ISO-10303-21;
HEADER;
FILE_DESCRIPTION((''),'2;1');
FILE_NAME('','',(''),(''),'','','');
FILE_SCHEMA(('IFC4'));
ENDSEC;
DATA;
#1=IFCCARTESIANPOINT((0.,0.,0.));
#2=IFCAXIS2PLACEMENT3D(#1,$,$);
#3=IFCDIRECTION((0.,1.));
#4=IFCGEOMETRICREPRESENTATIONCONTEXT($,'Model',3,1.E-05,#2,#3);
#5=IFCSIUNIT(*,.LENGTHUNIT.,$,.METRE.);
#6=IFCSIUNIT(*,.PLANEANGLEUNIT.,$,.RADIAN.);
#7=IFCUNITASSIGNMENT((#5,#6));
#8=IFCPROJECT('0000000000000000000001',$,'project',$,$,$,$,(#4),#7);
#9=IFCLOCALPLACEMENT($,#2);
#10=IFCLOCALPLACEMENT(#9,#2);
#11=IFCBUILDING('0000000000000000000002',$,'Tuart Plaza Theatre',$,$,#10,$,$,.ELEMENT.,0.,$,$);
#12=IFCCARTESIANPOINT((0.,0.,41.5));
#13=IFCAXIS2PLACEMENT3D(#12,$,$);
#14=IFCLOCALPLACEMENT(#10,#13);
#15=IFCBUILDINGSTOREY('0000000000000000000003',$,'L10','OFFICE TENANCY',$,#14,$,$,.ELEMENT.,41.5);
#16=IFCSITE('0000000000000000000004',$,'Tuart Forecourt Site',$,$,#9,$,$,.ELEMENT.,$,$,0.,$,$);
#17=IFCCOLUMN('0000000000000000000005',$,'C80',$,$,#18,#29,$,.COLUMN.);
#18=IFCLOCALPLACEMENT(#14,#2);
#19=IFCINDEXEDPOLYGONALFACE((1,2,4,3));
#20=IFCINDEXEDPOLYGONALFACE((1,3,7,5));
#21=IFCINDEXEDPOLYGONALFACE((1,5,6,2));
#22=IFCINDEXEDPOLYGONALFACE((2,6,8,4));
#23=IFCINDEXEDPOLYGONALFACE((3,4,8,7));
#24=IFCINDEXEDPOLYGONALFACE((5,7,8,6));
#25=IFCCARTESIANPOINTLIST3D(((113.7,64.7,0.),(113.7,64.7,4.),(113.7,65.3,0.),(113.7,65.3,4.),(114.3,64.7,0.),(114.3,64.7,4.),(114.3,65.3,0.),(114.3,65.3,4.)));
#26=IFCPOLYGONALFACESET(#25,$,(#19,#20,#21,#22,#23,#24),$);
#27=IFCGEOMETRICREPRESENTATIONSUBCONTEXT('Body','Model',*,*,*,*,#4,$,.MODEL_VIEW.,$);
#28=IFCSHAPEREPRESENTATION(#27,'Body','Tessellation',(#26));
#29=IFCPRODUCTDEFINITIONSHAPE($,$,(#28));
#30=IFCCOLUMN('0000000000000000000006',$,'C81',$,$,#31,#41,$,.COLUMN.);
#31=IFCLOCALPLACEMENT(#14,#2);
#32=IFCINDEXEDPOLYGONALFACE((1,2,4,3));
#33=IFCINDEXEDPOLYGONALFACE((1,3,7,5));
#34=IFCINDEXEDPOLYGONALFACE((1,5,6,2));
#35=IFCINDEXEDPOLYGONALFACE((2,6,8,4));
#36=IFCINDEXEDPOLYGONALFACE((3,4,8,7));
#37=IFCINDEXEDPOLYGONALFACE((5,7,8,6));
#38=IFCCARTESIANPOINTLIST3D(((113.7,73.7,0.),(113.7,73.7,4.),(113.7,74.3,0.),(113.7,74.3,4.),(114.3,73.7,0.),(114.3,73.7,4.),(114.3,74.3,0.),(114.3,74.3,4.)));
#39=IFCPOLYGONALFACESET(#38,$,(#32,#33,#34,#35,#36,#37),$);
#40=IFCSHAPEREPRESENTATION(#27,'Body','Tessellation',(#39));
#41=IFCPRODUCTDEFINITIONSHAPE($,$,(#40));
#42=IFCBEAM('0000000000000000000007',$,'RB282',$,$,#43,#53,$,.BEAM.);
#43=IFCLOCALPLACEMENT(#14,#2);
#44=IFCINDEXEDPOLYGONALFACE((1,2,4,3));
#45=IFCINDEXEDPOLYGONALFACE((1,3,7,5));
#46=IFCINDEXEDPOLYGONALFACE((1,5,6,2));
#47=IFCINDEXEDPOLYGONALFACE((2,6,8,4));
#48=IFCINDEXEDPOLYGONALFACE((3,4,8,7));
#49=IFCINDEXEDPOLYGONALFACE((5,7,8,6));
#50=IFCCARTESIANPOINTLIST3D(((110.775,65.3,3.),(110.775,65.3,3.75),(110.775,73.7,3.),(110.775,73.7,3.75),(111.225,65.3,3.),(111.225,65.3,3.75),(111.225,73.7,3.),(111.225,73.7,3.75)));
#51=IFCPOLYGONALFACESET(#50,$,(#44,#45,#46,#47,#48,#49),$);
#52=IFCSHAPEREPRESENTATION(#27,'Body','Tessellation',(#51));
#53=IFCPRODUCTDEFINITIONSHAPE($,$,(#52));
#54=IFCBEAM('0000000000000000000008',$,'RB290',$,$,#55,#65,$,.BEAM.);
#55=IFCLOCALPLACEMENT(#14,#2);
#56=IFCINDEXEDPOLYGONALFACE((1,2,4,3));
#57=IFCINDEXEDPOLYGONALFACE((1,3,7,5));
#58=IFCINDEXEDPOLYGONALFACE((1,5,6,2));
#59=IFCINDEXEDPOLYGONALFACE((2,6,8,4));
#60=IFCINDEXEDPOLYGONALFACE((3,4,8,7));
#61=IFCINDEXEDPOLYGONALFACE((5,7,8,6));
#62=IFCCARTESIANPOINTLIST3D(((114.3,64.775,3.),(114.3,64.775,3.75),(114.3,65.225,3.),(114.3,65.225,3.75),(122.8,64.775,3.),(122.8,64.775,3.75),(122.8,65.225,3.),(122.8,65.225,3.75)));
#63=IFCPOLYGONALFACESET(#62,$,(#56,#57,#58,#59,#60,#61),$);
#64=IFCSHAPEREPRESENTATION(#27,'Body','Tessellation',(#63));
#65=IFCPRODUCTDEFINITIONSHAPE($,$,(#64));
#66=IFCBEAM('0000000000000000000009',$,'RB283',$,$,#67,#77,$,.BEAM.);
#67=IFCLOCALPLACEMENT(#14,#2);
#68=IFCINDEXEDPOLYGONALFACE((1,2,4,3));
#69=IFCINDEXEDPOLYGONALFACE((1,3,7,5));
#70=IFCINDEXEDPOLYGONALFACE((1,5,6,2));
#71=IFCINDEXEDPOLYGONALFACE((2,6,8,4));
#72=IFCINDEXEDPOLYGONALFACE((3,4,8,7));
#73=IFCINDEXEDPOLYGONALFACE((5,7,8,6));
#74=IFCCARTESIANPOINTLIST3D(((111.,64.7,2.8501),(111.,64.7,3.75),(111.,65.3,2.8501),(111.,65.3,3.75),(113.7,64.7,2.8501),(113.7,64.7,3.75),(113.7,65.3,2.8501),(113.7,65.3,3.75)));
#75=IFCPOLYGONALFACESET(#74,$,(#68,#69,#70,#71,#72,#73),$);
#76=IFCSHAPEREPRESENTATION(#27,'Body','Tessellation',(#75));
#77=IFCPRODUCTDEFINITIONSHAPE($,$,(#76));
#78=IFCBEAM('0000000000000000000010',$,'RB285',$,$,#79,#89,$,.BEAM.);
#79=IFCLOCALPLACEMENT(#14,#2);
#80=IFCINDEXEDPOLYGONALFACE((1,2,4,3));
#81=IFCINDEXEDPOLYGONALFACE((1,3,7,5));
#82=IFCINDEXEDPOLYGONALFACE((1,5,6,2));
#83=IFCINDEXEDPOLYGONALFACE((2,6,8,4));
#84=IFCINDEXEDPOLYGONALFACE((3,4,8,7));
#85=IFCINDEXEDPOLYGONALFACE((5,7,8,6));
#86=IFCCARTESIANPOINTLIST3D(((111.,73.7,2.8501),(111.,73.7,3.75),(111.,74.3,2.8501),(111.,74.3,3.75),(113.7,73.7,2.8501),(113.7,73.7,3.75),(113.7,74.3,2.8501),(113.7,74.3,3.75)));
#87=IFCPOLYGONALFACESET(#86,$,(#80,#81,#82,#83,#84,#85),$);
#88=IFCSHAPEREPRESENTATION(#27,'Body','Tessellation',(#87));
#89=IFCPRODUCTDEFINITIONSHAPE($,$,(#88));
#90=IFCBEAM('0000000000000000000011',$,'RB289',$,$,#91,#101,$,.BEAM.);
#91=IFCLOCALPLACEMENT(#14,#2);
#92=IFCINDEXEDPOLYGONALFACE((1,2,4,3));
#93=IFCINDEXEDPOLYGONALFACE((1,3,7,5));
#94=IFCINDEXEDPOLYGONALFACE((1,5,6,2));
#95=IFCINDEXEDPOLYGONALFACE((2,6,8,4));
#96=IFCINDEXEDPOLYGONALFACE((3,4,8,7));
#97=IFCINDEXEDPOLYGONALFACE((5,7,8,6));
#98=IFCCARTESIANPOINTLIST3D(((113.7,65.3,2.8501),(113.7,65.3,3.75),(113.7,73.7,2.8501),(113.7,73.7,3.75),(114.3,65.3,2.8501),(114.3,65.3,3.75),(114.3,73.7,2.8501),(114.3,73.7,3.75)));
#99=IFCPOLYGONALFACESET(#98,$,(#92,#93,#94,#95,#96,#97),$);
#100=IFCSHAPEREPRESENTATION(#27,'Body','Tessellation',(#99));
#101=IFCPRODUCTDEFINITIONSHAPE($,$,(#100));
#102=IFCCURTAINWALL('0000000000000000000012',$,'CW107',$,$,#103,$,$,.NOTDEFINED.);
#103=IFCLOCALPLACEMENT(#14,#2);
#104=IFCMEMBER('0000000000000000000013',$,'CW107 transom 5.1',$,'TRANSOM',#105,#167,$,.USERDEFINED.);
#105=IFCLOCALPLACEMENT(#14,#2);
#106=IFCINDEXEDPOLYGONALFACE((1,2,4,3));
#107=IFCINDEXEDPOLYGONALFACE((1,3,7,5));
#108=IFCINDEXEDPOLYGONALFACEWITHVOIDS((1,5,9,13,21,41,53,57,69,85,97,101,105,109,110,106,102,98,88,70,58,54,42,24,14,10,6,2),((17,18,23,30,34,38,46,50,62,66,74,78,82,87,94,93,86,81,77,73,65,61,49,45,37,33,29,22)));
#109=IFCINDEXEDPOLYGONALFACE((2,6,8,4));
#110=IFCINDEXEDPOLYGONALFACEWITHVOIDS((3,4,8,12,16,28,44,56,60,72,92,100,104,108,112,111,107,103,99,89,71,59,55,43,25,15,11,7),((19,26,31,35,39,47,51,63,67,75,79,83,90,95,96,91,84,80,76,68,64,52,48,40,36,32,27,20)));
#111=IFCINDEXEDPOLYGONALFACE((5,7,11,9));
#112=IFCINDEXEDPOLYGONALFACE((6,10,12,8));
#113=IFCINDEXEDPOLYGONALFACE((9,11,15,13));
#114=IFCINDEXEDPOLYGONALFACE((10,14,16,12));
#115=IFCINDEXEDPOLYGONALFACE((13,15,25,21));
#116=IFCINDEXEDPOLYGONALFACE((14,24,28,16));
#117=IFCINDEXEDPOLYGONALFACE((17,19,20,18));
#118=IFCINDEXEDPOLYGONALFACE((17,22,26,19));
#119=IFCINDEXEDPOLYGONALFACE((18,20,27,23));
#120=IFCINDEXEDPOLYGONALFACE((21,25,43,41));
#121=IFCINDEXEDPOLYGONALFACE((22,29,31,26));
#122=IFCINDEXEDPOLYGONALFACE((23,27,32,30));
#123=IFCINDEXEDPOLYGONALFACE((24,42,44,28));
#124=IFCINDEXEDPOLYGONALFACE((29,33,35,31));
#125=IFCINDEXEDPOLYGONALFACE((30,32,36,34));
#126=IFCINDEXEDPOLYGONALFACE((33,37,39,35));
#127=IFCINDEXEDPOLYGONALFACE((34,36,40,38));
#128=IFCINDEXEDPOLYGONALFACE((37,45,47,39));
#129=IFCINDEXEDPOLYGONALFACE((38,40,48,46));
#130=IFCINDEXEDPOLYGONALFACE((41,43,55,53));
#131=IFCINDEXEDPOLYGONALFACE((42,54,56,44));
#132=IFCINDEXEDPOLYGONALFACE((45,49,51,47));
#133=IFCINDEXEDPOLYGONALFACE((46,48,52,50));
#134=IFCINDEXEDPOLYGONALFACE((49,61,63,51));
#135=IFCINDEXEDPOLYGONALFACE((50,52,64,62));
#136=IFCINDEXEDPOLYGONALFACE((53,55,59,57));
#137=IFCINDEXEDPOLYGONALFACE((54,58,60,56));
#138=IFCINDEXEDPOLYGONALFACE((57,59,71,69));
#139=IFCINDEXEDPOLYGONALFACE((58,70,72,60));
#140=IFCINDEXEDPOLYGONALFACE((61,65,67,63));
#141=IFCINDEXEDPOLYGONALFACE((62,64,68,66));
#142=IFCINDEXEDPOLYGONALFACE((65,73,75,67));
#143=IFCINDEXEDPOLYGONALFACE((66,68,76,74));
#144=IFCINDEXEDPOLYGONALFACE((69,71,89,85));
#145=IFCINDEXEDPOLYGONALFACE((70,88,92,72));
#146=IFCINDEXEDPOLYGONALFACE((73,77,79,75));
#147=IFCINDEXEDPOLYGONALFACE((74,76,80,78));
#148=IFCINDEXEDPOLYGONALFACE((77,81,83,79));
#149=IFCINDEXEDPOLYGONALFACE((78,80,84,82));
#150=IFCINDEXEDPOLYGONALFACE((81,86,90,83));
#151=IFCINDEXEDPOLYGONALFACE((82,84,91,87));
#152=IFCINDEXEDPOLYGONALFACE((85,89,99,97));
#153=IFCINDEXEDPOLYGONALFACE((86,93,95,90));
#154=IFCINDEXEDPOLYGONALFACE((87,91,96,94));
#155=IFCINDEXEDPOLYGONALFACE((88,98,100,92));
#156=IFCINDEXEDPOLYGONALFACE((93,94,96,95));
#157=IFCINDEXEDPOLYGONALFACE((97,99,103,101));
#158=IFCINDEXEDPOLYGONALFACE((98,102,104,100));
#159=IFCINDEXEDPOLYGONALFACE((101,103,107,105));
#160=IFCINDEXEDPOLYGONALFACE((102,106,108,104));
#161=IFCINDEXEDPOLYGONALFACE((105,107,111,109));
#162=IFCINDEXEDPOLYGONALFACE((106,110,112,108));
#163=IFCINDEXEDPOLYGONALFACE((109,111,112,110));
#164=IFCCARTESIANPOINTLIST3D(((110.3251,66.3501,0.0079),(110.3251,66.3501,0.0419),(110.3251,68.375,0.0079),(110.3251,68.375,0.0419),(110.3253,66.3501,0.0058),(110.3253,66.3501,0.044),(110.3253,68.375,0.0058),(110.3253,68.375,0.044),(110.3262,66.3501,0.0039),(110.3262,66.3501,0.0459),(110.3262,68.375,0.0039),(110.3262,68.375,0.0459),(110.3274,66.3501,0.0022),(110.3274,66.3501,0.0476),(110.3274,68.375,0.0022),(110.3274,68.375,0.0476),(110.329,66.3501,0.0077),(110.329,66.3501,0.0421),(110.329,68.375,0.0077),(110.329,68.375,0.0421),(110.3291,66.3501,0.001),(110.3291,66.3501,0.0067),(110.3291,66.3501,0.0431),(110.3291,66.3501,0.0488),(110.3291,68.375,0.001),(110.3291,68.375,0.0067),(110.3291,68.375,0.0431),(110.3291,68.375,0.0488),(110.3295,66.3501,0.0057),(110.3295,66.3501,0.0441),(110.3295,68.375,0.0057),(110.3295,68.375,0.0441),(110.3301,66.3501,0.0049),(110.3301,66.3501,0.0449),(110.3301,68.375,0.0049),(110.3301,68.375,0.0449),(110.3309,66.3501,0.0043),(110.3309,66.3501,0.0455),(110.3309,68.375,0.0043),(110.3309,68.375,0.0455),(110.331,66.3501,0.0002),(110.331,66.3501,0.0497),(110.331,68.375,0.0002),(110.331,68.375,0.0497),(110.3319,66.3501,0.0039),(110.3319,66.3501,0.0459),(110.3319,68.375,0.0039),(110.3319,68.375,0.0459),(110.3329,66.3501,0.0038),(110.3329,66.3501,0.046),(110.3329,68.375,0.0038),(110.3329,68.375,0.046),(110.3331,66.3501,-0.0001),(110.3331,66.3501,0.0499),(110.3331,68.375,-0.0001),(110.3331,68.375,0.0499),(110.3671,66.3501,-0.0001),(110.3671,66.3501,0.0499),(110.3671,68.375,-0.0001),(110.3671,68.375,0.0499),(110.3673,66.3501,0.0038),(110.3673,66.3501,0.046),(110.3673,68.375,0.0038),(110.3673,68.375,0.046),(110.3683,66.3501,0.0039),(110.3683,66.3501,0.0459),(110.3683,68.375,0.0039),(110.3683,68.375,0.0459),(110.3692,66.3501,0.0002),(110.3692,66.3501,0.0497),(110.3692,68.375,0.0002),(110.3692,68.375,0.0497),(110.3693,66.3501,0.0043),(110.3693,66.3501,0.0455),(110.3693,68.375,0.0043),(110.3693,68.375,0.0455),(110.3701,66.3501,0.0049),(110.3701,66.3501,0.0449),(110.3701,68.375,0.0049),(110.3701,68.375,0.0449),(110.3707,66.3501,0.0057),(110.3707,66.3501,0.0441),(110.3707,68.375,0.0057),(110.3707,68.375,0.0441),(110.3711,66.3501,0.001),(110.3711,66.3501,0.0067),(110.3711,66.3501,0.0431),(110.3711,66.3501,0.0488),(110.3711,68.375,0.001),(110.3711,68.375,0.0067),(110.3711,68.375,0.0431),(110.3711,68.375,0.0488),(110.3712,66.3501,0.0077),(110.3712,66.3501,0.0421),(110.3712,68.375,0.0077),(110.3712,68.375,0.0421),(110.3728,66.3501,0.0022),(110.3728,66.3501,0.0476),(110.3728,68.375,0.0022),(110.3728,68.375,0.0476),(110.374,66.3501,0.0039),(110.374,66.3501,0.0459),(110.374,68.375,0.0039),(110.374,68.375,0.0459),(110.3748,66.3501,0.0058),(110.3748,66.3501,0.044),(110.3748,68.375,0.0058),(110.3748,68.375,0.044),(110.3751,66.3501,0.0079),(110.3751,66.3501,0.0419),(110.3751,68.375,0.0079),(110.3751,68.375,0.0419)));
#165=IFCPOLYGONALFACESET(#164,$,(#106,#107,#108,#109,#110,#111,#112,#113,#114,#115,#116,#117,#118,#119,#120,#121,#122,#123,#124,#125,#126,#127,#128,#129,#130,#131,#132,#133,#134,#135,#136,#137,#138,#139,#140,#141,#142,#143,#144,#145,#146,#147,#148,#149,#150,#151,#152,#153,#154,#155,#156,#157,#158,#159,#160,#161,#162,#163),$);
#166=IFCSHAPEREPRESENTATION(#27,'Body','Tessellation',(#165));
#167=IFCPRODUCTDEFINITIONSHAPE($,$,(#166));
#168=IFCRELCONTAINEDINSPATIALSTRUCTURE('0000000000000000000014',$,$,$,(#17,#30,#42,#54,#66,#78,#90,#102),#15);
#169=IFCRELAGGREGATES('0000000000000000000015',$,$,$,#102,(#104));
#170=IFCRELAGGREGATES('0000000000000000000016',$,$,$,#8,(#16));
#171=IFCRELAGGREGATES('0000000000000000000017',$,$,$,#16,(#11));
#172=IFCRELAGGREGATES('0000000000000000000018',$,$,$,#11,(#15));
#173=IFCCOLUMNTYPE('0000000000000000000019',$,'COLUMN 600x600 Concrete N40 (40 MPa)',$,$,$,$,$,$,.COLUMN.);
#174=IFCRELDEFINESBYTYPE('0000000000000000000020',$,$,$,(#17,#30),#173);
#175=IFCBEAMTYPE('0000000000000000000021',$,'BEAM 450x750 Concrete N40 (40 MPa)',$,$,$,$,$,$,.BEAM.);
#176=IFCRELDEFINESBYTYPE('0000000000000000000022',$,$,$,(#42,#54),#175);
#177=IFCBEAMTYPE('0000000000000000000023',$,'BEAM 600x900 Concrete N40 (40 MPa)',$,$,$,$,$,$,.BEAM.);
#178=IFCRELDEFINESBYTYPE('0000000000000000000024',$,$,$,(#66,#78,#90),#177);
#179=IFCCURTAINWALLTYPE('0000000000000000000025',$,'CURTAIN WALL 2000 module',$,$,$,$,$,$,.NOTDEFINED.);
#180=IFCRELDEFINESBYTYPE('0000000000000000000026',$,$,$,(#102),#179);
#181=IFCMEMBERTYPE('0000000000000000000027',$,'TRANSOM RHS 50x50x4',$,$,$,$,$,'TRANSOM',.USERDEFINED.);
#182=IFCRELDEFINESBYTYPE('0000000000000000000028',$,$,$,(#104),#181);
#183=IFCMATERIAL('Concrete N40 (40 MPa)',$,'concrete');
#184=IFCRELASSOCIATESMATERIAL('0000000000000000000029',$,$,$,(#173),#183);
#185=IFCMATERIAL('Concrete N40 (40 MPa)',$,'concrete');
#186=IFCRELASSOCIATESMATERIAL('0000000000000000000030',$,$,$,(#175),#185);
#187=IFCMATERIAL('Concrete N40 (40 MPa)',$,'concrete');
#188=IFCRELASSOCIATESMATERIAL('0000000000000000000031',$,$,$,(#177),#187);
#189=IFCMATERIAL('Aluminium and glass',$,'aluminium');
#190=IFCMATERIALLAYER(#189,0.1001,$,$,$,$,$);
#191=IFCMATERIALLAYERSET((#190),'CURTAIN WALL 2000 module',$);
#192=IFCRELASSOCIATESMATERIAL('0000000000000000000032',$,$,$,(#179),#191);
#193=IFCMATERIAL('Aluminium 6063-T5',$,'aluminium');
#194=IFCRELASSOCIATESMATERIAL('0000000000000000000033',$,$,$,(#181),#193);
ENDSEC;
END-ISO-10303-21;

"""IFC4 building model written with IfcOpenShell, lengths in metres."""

from ifc_helpers import new_model, si_unit, direction, frame, origin, origin_2d, place, context, subcontext, project, spatial, rectangle, hollow_rectangle, extrude, material, layer, layer_set, material_profile, profile_set, type_object, element, aggregate, save


model = new_model("IFC4")

# Units and contexts
model_context = context("Model", 3, precision=1e-05, world=origin(), true_north=direction((0.0, 1.0)))
body_context = subcontext(model_context, "Body", "Model", "MODEL_VIEW")
ifc_project = project(units=[si_unit("LENGTHUNIT", "METRE"), si_unit("PLANEANGLEUNIT", "RADIAN")], contexts=[model_context])

# Site, building, storey
site_placement = place(None, origin())
site = spatial("IfcSite", under=ifc_project, at=site_placement, Name="Tuart Forecourt Site", CompositionType="ELEMENT", RefElevation=0.0)
building_placement = place(site_placement, origin())
building = spatial("IfcBuilding", under=site, at=building_placement, Name="Tuart Plaza Theatre", CompositionType="ELEMENT", ElevationOfRefHeight=0.0)
storey_placement = place(building_placement, frame((0.0, 0.0, 41.5)))
storey = spatial("IfcBuildingStorey", under=building, at=storey_placement, Name="L10", Description="OFFICE TENANCY", CompositionType="ELEMENT", Elevation=41.5)

# Columns
ifc_material_1 = material(Name="Concrete N40 (40 MPa)", Category="concrete")
ifc_material_profile_1 = material_profile(ifc_material_1, rectangle(XDim=0.6001, YDim=0.6001, at=origin_2d()), Name="COLUMN 600x600 Concrete N40 (40 MPa)")
ifc_profile_set_1 = profile_set([ifc_material_profile_1], Name="Concrete N40 (40 MPa)")
column_type = type_object("IfcColumnType", Name="COLUMN 600x600 Concrete N40 (40 MPa)", PredefinedType="COLUMN", material=ifc_profile_set_1)
for number, where, z_axis, x_axis, name in (
    (1, (114.0, 65.0, 0.0), (0.0, 0.0, 1.0), (1.0, 0.0, 0.0), "C80"),
    (2, (114.0, 74.0, 0.0), (0.0, 0.0, 1.0), (1.0, 0.0, 0.0), "C81"),
):
    element("IfcColumn", number, at=place(storey_placement, frame(where, z_axis=z_axis, x_axis=x_axis)), inside=storey, type_object=column_type, Name=name, PredefinedType="COLUMN", context=body_context, shape_type="SweptSolid", body=[
        extrude(rectangle(XDim=0.6001, YDim=0.6001, at=origin_2d()), origin(), (0.0, 0.0, 1.0), 4.0),
    ])

# Beams
ifc_material_2 = material(Name="Concrete N40 (40 MPa)", Category="concrete")
ifc_material_profile_2 = material_profile(ifc_material_2, rectangle(XDim=0.45, YDim=0.75, at=origin_2d()), Name="BEAM 450x750 Concrete N40 (40 MPa)")
ifc_profile_set_2 = profile_set([ifc_material_profile_2], Name="Concrete N40 (40 MPa)")
beam_type_1 = type_object("IfcBeamType", Name="BEAM 450x750 Concrete N40 (40 MPa)", PredefinedType="BEAM", material=ifc_profile_set_2)
beam_1_placement = place(storey_placement, frame((111.0, 65.3, 3.375), z_axis=(0.0, 1.0, 0.0), x_axis=(-1.0, 0.0, 0.0)))
element("IfcBeam", 3, at=beam_1_placement, inside=storey, type_object=beam_type_1, Name="RB282", PredefinedType="BEAM", context=body_context, shape_type="SweptSolid", body=[
    extrude(rectangle(XDim=0.45, YDim=0.75, at=origin_2d()), origin(), (0.0, 0.0, 1.0), 8.3999),
])
beam_2_placement = place(storey_placement, frame((114.3, 65.0, 3.375), z_axis=(1.0, 0.0, 0.0), x_axis=(0.0, 1.0, 0.0)))
element("IfcBeam", 4, at=beam_2_placement, inside=storey, type_object=beam_type_1, Name="RB290", PredefinedType="BEAM", context=body_context, shape_type="SweptSolid", body=[
    extrude(rectangle(XDim=0.45, YDim=0.75, at=origin_2d()), origin(), (0.0, 0.0, 1.0), 8.5),
])
ifc_material_3 = material(Name="Concrete N40 (40 MPa)", Category="concrete")
ifc_material_profile_3 = material_profile(ifc_material_3, rectangle(XDim=0.6001, YDim=0.8999, at=origin_2d()), Name="BEAM 600x900 Concrete N40 (40 MPa)")
ifc_profile_set_3 = profile_set([ifc_material_profile_3], Name="Concrete N40 (40 MPa)")
beam_type_2 = type_object("IfcBeamType", Name="BEAM 600x900 Concrete N40 (40 MPa)", PredefinedType="BEAM", material=ifc_profile_set_3)
for number, where, z_axis, x_axis, name in (
    (5, (111.0, 65.0, 3.3), (1.0, 0.0, 0.0), (0.0, 1.0, 0.0), "RB283"),
    (6, (111.0, 74.0, 3.3), (1.0, 0.0, 0.0), (0.0, 1.0, 0.0), "RB285"),
):
    element("IfcBeam", number, at=place(storey_placement, frame(where, z_axis=z_axis, x_axis=x_axis)), inside=storey, type_object=beam_type_2, Name=name, PredefinedType="BEAM", context=body_context, shape_type="SweptSolid", body=[
        extrude(rectangle(XDim=0.6001, YDim=0.8999, at=origin_2d()), origin(), (0.0, 0.0, 1.0), 2.7),
    ])
beam_3_placement = place(storey_placement, frame((114.0, 65.3, 3.3), z_axis=(0.0, 1.0, 0.0), x_axis=(-1.0, 0.0, 0.0)))
element("IfcBeam", 7, at=beam_3_placement, inside=storey, type_object=beam_type_2, Name="RB289", PredefinedType="BEAM", context=body_context, shape_type="SweptSolid", body=[
    extrude(rectangle(XDim=0.6001, YDim=0.8999, at=origin_2d()), origin(), (0.0, 0.0, 1.0), 8.3999),
])

# Curtain wall, member
ifc_material_4 = material(Name="Aluminium and glass", Category="aluminium")
ifc_layer_1 = layer(ifc_material_4, 0.1001)
ifc_layer_set_1 = layer_set([ifc_layer_1], Name="CURTAIN WALL 2000 module")
curtain_wall_type = type_object("IfcCurtainWallType", Name="CURTAIN WALL 2000 module", PredefinedType="NOTDEFINED", material=ifc_layer_set_1)
curtain_wall_placement = place(storey_placement, origin())
curtain_wall = element("IfcCurtainWall", 8, at=curtain_wall_placement, inside=storey, type_object=curtain_wall_type, Name="CW107", PredefinedType="NOTDEFINED")
ifc_material_5 = material(Name="Aluminium 6063-T5", Category="aluminium")
ifc_material_profile_4 = material_profile(ifc_material_5, hollow_rectangle(XDim=0.05, YDim=0.05, WallThickness=0.0039, InnerFilletRadius=0.0039, OuterFilletRadius=0.0081, at=origin_2d()), Name="RHS 50x50x4")
ifc_profile_set_4 = profile_set([ifc_material_profile_4], Name="Aluminium 6063-T5")
member_type = type_object("IfcMemberType", Name="TRANSOM RHS 50x50x4", ElementType="TRANSOM", PredefinedType="USERDEFINED", material=ifc_profile_set_4)
member_1_placement = place(storey_placement, frame((110.3501, 68.375, 0.0249), z_axis=(0.0, -1.0, 0.0), x_axis=(1.0, 0.0, 0.0)))
member_1 = element("IfcMember", 9, at=member_1_placement, type_object=member_type, Name="CW107 transom 5.1", ObjectType="TRANSOM", PredefinedType="USERDEFINED", context=body_context, shape_type="SweptSolid", body=[
    extrude(hollow_rectangle(XDim=0.05, YDim=0.05, WallThickness=0.0039, InnerFilletRadius=0.0039, OuterFilletRadius=0.0081, at=origin_2d()), origin(), (0.0, 0.0, 1.0), 2.0249),
])
aggregate(curtain_wall, [member_1])

save(model, "model.ifc")
